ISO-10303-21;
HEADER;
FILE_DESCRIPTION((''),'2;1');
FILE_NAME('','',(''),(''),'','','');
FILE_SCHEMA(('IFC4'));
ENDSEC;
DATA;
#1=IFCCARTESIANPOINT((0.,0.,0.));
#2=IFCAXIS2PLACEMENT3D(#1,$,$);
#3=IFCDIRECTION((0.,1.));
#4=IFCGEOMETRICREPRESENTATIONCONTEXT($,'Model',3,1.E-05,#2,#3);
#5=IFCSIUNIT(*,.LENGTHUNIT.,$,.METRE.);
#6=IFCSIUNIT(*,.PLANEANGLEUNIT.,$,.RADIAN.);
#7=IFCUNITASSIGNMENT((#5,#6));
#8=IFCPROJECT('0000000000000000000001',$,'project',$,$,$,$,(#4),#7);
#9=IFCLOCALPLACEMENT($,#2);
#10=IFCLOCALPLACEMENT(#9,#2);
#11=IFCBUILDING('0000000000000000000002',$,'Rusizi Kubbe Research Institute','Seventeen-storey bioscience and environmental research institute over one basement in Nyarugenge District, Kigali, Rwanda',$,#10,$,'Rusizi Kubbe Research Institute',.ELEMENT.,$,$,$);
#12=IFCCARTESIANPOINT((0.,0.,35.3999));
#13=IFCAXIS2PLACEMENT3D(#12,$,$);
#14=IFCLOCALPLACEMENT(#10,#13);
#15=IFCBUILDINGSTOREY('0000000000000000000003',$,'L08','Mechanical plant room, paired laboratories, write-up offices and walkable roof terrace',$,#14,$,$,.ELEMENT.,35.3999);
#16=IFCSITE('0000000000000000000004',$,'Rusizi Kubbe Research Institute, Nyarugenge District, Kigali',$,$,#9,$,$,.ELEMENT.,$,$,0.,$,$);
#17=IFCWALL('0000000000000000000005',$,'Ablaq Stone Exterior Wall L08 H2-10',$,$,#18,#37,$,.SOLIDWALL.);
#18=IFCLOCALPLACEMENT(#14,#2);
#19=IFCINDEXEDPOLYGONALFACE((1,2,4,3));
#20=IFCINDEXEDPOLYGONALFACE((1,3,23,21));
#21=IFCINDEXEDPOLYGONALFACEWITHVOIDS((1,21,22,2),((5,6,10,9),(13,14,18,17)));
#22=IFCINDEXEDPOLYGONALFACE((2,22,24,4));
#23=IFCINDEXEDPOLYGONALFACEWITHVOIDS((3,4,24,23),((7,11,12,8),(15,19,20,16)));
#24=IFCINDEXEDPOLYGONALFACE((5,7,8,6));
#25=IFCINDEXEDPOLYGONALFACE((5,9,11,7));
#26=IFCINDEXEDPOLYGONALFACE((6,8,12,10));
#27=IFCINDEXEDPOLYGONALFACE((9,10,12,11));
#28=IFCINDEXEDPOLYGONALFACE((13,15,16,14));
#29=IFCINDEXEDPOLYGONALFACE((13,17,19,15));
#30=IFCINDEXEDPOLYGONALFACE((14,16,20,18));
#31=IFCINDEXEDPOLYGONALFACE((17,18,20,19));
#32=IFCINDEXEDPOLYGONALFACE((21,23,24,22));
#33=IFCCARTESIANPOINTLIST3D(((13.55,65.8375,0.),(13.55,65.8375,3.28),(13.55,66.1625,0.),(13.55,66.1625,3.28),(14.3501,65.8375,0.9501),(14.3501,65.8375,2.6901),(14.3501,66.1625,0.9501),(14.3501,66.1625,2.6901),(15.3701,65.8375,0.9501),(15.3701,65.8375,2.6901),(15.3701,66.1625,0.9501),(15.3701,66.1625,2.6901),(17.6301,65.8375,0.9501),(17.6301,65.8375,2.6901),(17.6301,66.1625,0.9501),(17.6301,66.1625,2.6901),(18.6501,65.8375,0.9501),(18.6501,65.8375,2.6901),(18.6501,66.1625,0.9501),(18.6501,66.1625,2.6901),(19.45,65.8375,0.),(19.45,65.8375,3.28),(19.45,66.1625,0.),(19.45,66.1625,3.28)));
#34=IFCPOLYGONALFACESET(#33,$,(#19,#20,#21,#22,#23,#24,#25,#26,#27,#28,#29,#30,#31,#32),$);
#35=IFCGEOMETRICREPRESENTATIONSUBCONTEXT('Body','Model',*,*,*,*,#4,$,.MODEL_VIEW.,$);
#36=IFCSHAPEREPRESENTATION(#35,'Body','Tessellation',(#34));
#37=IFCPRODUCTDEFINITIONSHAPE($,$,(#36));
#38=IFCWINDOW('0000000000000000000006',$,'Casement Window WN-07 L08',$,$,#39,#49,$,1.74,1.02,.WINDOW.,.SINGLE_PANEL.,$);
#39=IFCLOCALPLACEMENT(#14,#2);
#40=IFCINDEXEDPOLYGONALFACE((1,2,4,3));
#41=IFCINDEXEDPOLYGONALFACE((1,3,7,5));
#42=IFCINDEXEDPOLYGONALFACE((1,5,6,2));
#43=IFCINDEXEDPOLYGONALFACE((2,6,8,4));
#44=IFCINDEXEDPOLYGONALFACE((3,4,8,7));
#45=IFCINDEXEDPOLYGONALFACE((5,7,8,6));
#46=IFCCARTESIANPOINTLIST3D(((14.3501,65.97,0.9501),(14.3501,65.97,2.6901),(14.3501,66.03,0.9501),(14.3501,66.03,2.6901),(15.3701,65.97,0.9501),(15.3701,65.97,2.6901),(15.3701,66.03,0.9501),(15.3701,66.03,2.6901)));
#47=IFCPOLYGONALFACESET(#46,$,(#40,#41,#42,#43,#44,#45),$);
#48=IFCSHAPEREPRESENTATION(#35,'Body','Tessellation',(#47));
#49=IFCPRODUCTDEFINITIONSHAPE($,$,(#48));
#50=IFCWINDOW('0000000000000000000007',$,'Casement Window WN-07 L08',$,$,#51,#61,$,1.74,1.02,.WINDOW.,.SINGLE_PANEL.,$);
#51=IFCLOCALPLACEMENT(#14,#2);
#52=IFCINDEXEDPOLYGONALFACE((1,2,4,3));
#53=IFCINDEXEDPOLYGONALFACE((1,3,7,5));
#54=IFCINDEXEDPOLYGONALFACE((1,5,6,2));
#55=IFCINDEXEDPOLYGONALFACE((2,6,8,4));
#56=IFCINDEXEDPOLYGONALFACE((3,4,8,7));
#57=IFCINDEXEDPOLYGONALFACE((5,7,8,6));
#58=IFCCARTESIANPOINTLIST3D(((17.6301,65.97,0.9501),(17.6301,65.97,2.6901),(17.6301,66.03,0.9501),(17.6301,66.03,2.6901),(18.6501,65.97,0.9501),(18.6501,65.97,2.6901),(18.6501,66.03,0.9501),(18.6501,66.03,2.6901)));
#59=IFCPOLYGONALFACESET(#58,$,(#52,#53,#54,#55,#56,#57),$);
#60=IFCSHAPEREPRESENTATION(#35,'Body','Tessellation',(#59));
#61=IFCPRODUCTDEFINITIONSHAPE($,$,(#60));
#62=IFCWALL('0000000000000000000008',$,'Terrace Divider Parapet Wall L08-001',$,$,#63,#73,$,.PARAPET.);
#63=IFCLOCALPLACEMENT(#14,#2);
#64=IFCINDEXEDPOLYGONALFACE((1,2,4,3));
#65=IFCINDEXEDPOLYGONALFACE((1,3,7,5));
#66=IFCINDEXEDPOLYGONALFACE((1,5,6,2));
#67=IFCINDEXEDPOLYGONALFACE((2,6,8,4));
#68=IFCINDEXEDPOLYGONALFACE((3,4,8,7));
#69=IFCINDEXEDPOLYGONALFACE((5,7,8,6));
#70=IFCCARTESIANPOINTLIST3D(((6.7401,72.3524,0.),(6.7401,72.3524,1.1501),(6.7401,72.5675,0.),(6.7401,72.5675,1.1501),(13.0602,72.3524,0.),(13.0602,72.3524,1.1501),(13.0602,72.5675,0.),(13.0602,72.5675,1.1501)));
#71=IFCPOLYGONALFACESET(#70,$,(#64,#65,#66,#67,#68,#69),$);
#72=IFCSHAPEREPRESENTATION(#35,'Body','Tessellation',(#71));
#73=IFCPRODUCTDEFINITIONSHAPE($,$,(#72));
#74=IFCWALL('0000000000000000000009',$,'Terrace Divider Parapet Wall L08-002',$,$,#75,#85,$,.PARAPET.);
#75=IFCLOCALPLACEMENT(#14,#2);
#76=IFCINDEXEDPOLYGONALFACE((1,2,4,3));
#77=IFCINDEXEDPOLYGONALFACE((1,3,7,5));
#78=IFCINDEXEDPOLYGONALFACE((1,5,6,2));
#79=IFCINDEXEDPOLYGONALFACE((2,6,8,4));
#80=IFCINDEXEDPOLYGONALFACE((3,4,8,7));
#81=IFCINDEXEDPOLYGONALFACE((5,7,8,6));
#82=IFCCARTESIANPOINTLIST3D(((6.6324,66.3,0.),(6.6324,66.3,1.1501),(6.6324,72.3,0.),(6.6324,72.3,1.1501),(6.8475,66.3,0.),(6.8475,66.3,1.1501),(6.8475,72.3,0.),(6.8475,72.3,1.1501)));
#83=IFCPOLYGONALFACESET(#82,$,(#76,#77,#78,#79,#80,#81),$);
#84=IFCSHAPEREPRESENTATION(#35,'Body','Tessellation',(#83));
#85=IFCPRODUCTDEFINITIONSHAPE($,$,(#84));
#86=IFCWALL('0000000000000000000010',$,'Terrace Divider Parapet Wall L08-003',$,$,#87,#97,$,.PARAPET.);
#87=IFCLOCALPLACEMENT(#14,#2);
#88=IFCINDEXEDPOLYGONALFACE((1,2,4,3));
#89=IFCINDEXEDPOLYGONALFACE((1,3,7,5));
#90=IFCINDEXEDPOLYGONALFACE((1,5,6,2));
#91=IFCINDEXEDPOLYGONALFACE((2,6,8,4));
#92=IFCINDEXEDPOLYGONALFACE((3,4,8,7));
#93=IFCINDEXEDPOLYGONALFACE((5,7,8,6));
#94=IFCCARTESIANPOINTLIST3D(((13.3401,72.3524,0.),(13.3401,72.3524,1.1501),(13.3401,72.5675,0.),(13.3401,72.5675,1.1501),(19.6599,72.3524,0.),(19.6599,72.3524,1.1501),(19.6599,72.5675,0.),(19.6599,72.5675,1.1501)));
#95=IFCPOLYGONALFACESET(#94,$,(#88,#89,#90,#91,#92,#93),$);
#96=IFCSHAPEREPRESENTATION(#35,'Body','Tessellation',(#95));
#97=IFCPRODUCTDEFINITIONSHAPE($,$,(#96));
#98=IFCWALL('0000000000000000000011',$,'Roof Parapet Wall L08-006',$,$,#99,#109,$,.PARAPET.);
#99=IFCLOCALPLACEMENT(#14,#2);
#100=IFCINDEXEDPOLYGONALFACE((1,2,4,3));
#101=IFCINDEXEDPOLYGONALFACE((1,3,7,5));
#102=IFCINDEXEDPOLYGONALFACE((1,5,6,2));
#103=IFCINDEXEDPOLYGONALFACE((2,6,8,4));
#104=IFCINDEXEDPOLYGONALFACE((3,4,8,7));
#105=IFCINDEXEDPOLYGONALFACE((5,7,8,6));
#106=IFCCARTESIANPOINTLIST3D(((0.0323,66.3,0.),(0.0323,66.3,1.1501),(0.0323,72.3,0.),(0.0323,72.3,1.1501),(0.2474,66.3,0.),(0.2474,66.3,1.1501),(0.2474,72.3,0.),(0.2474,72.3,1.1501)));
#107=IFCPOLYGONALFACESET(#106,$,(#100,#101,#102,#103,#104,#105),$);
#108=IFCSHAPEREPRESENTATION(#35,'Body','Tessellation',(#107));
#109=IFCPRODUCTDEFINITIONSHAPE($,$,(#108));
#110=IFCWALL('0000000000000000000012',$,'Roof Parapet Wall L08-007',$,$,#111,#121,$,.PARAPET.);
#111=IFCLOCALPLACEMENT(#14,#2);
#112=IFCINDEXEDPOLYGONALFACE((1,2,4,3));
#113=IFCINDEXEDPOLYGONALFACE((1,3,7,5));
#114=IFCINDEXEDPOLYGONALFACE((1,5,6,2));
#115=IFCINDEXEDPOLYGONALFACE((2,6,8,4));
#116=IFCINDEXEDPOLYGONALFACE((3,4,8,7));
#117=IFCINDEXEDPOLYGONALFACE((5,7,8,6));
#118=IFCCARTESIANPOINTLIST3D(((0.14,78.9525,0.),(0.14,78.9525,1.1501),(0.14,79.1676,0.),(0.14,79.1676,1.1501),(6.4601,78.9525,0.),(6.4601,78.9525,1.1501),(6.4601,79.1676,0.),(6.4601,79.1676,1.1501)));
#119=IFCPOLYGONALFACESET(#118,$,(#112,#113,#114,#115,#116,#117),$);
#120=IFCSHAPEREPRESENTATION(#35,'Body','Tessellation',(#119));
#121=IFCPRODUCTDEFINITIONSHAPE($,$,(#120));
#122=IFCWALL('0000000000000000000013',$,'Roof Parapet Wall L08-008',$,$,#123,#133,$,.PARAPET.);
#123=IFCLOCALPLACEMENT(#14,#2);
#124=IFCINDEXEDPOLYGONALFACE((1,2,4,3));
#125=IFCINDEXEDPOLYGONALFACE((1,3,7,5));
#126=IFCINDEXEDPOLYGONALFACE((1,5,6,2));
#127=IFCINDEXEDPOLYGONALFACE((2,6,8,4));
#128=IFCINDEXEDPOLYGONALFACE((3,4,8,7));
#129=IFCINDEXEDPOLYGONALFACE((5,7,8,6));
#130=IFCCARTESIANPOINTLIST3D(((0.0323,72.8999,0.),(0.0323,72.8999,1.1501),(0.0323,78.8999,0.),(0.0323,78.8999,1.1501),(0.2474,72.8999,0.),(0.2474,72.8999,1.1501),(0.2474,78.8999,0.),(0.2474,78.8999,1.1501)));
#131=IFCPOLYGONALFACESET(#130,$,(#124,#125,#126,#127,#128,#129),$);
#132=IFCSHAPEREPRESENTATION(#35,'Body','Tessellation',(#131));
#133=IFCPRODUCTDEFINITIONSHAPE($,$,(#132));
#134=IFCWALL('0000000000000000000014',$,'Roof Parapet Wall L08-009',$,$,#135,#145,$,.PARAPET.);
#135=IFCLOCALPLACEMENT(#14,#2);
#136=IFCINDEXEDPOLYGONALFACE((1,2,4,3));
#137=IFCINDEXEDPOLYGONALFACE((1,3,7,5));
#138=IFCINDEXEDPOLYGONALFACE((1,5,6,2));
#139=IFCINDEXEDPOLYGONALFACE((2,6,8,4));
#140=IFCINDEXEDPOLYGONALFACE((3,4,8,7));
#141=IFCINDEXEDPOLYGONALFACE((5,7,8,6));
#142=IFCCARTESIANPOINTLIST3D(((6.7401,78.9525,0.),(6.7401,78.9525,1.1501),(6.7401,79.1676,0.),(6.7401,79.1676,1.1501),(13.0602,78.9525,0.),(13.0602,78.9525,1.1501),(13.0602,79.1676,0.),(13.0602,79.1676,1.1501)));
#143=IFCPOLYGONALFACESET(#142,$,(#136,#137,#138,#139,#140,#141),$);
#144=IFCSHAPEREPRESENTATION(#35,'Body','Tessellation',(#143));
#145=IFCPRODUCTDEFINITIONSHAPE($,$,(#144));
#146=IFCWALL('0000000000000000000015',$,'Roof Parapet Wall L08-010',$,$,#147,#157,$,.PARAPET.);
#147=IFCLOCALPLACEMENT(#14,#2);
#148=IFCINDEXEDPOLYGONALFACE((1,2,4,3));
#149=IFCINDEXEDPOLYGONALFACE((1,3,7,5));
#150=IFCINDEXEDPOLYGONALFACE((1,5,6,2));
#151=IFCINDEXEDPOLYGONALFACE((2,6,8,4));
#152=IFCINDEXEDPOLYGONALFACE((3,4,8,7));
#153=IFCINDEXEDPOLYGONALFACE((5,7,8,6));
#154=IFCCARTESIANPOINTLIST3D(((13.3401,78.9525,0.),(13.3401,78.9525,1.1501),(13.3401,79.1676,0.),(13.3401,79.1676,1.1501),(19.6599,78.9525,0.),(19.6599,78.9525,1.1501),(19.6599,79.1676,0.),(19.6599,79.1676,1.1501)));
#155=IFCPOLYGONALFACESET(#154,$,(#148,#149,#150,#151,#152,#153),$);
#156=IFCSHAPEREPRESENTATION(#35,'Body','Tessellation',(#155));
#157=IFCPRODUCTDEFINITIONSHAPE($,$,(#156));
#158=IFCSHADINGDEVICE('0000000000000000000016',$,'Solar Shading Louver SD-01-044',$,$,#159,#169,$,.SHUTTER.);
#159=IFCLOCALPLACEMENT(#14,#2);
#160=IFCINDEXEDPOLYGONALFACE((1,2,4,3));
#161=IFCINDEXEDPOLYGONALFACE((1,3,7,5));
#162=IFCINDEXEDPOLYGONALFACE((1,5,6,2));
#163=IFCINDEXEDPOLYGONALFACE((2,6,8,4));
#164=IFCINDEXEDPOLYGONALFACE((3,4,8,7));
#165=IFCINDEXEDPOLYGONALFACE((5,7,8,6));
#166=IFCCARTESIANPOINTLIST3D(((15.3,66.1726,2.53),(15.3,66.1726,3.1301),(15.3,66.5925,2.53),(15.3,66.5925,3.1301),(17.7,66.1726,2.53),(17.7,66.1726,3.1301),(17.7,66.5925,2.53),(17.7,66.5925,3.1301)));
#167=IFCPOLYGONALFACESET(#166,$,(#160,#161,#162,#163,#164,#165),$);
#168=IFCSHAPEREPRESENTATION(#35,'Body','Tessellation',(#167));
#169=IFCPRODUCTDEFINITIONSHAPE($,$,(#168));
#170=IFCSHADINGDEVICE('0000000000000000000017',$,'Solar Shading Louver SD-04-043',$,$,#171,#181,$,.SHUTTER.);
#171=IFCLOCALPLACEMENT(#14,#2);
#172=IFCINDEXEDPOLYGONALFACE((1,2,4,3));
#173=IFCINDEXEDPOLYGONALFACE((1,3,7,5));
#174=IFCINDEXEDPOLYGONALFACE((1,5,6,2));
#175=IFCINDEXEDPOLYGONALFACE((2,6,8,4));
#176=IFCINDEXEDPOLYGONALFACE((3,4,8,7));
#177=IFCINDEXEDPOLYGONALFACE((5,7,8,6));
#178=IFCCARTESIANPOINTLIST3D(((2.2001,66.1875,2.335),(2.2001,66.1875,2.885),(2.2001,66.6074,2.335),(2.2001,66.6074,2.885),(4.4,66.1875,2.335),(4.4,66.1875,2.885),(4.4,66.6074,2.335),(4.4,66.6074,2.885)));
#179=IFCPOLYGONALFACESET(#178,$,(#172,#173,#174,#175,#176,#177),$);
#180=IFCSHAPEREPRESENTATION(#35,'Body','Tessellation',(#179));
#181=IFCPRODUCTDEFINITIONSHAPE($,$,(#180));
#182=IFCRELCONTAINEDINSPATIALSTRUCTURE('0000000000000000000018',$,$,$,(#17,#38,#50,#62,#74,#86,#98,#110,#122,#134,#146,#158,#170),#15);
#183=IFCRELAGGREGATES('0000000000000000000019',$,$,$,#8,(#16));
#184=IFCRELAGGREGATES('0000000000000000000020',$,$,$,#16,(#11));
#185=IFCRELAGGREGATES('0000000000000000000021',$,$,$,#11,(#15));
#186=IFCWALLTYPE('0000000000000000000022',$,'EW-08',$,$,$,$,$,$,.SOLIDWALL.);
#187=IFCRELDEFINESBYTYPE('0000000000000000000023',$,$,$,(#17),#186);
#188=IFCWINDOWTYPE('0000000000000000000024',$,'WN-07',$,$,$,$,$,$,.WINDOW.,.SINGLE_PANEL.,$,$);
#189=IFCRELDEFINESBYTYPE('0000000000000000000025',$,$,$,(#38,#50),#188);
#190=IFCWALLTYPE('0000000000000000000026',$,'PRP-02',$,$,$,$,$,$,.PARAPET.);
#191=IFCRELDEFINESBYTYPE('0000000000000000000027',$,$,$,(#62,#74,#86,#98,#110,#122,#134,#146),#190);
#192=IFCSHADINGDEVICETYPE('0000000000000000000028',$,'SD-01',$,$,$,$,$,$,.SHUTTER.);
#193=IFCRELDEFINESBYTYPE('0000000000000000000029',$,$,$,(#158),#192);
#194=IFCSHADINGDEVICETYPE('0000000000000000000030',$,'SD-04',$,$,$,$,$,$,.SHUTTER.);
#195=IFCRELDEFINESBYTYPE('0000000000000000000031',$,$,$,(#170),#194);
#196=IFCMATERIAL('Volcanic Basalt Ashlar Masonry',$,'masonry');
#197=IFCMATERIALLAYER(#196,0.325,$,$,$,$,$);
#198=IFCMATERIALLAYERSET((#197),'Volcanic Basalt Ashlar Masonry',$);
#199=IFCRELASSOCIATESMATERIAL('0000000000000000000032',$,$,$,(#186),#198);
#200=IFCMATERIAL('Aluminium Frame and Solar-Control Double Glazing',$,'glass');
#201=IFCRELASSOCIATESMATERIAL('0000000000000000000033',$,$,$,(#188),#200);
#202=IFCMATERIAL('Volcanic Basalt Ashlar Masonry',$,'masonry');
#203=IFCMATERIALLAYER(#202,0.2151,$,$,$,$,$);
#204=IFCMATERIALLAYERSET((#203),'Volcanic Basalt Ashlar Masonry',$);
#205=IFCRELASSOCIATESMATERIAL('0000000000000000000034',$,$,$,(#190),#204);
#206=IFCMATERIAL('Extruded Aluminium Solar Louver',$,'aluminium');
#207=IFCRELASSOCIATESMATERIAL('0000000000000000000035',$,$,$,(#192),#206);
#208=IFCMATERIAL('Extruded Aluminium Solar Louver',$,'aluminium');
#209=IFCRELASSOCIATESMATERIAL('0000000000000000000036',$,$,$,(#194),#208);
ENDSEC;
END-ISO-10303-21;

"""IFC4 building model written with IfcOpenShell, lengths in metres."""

from ifc_helpers import new_model, si_unit, direction, frame, frame_2d, origin, origin_2d, place, context, subcontext, project, spatial, rectangle, extrude, material, layer, layer_set, type_object, element, fill, save


model = new_model("IFC4")

# Units and contexts
model_context = context("Model", 3, precision=1e-05, world=origin(), true_north=direction((0.0, 1.0)))
body_context = subcontext(model_context, "Body", "Model", "MODEL_VIEW")
ifc_project = project(units=[si_unit("LENGTHUNIT", "METRE"), si_unit("PLANEANGLEUNIT", "RADIAN")], contexts=[model_context])

# Site, building, storey
site_placement = place(None, origin())
site = spatial("IfcSite", under=ifc_project, at=site_placement, Name="Rusizi Kubbe Research Institute, Nyarugenge District, Kigali", CompositionType="ELEMENT", RefElevation=0.0)
building_placement = place(site_placement, origin())
building = spatial("IfcBuilding", under=site, at=building_placement, Name="Rusizi Kubbe Research Institute", Description="Seventeen-storey bioscience and environmental research institute over one basement in Nyarugenge District, Kigali, Rwanda", LongName="Rusizi Kubbe Research Institute", CompositionType="ELEMENT")
storey_placement = place(building_placement, frame((0.0, 0.0, 35.3999)))
storey = spatial("IfcBuildingStorey", under=building, at=storey_placement, Name="L08", Description="Mechanical plant room, paired laboratories, write-up offices and walkable roof terrace", CompositionType="ELEMENT", Elevation=35.3999)

# Wall, openings, windows
ifc_material_1 = material(Name="Volcanic Basalt Ashlar Masonry", Category="masonry")
ifc_layer_1 = layer(ifc_material_1, 0.325)
ifc_layer_set_1 = layer_set([ifc_layer_1], Name="Volcanic Basalt Ashlar Masonry")
wall_type_1 = type_object("IfcWallType", Name="EW-08", PredefinedType="SOLIDWALL", material=ifc_layer_set_1)
wall_1_placement = place(storey_placement, frame((13.55, 66.0, 0.0), z_axis=(0.0, 0.0, 1.0), x_axis=(1.0, 0.0, 0.0)))
wall_1 = element("IfcWall", 1, at=wall_1_placement, inside=storey, type_object=wall_type_1, Name="Ablaq Stone Exterior Wall L08 H2-10", PredefinedType="SOLIDWALL", context=body_context, shape_type="SweptSolid", body=[
    extrude(rectangle(XDim=5.8999, YDim=0.325, at=frame_2d((2.95, 0.0))), origin(), (0.0, 0.0, 1.0), 3.28),
])
opening_1_placement = place(wall_1_placement, frame((0.8, 0.0, 0.95)))
opening_1 = element("IfcOpeningElement", 2, at=opening_1_placement, cuts=wall_1, PredefinedType="OPENING", context=body_context, shape_type="SweptSolid", body=[
    extrude(rectangle(XDim=1.02, YDim=1.74, at=frame_2d((0.51, 0.8701))), frame((0.0, 0.1724, 0.0), z_axis=(0.0, -1.0, 0.0), x_axis=(1.0, 0.0, 0.0)), (0.0, 0.0, 1.0), 0.345),
])
opening_2_placement = place(wall_1_placement, frame((4.0801, 0.0, 0.95)))
opening_2 = element("IfcOpeningElement", 3, at=opening_2_placement, cuts=wall_1, PredefinedType="OPENING", context=body_context, shape_type="SweptSolid", body=[
    extrude(rectangle(XDim=1.02, YDim=1.74, at=frame_2d((0.51, 0.8701))), frame((0.0, 0.1724, 0.0), z_axis=(0.0, -1.0, 0.0), x_axis=(1.0, 0.0, 0.0)), (0.0, 0.0, 1.0), 0.345),
])
ifc_material_2 = material(Name="Aluminium Frame and Solar-Control Double Glazing", Category="glass")
window_type = type_object("IfcWindowType", Name="WN-07", PartitioningType="SINGLE_PANEL", PredefinedType="WINDOW", material=ifc_material_2)
window_1_placement = place(opening_1_placement, origin())
window_1 = element("IfcWindow", 4, at=window_1_placement, inside=storey, type_object=window_type, Name="Casement Window WN-07 L08", OverallHeight=1.74, OverallWidth=1.02, PartitioningType="SINGLE_PANEL", PredefinedType="WINDOW", context=body_context, shape_type="SweptSolid", body=[
    extrude(rectangle(XDim=1.02, YDim=1.74, at=frame_2d((0.51, 0.8701))), frame((0.0, 0.03, 0.0), z_axis=(0.0, -1.0, 0.0), x_axis=(1.0, 0.0, 0.0)), (0.0, 0.0, 1.0), 0.0601),
])
fill(opening_1, window_1)
window_2_placement = place(opening_2_placement, origin())
window_2 = element("IfcWindow", 5, at=window_2_placement, inside=storey, type_object=window_type, Name="Casement Window WN-07 L08", OverallHeight=1.74, OverallWidth=1.02, PartitioningType="SINGLE_PANEL", PredefinedType="WINDOW", context=body_context, shape_type="SweptSolid", body=[
    extrude(rectangle(XDim=1.02, YDim=1.74, at=frame_2d((0.51, 0.8701))), frame((0.0, 0.03, 0.0), z_axis=(0.0, -1.0, 0.0), x_axis=(1.0, 0.0, 0.0)), (0.0, 0.0, 1.0), 0.0601),
])
fill(opening_2, window_2)

# Walls
ifc_material_3 = material(Name="Volcanic Basalt Ashlar Masonry", Category="masonry")
ifc_layer_2 = layer(ifc_material_3, 0.2151)
ifc_layer_set_2 = layer_set([ifc_layer_2], Name="Volcanic Basalt Ashlar Masonry")
wall_type_2 = type_object("IfcWallType", Name="PRP-02", PredefinedType="PARAPET", material=ifc_layer_set_2)
wall_2_placement = place(storey_placement, frame((6.74, 72.46, 0.0), z_axis=(0.0, 0.0, 1.0), x_axis=(1.0, 0.0, 0.0)))
element("IfcWall", 6, at=wall_2_placement, inside=storey, type_object=wall_type_2, Name="Terrace Divider Parapet Wall L08-001", PredefinedType="PARAPET", context=body_context, shape_type="SweptSolid", body=[
    extrude(rectangle(XDim=6.3201, YDim=0.2151, at=frame_2d((3.1602, 0.0))), origin(), (0.0, 0.0, 1.0), 1.1501),
])
wall_3_placement = place(storey_placement, frame((6.74, 66.3, 0.0), z_axis=(0.0, 0.0, 1.0), x_axis=(0.0, 1.0, 0.0)))
element("IfcWall", 7, at=wall_3_placement, inside=storey, type_object=wall_type_2, Name="Terrace Divider Parapet Wall L08-002", PredefinedType="PARAPET", context=body_context, shape_type="SweptSolid", body=[
    extrude(rectangle(XDim=6.0, YDim=0.2151, at=frame_2d((3.0, 0.0))), origin(), (0.0, 0.0, 1.0), 1.1501),
])
wall_4_placement = place(storey_placement, frame((13.3401, 72.46, 0.0), z_axis=(0.0, 0.0, 1.0), x_axis=(1.0, 0.0, 0.0)))
element("IfcWall", 8, at=wall_4_placement, inside=storey, type_object=wall_type_2, Name="Terrace Divider Parapet Wall L08-003", PredefinedType="PARAPET", context=body_context, shape_type="SweptSolid", body=[
    extrude(rectangle(XDim=6.3198, YDim=0.2151, at=frame_2d((3.1599, 0.0))), origin(), (0.0, 0.0, 1.0), 1.1501),
])
wall_5_placement = place(storey_placement, frame((0.1399, 66.3, 0.0), z_axis=(0.0, 0.0, 1.0), x_axis=(0.0, 1.0, 0.0)))
element("IfcWall", 9, at=wall_5_placement, inside=storey, type_object=wall_type_2, Name="Roof Parapet Wall L08-006", PredefinedType="PARAPET", context=body_context, shape_type="SweptSolid", body=[
    extrude(rectangle(XDim=6.0, YDim=0.2151, at=frame_2d((3.0, 0.0))), origin(), (0.0, 0.0, 1.0), 1.1501),
])
wall_6_placement = place(storey_placement, frame((0.1399, 79.0601, 0.0), z_axis=(0.0, 0.0, 1.0), x_axis=(1.0, 0.0, 0.0)))
element("IfcWall", 10, at=wall_6_placement, inside=storey, type_object=wall_type_2, Name="Roof Parapet Wall L08-007", PredefinedType="PARAPET", context=body_context, shape_type="SweptSolid", body=[
    extrude(rectangle(XDim=6.3201, YDim=0.2151, at=frame_2d((3.1602, 0.0))), origin(), (0.0, 0.0, 1.0), 1.1501),
])
wall_7_placement = place(storey_placement, frame((0.1399, 72.8999, 0.0), z_axis=(0.0, 0.0, 1.0), x_axis=(0.0, 1.0, 0.0)))
element("IfcWall", 11, at=wall_7_placement, inside=storey, type_object=wall_type_2, Name="Roof Parapet Wall L08-008", PredefinedType="PARAPET", context=body_context, shape_type="SweptSolid", body=[
    extrude(rectangle(XDim=6.0, YDim=0.2151, at=frame_2d((3.0, 0.0))), origin(), (0.0, 0.0, 1.0), 1.1501),
])
wall_8_placement = place(storey_placement, frame((6.74, 79.0601, 0.0), z_axis=(0.0, 0.0, 1.0), x_axis=(1.0, 0.0, 0.0)))
element("IfcWall", 12, at=wall_8_placement, inside=storey, type_object=wall_type_2, Name="Roof Parapet Wall L08-009", PredefinedType="PARAPET", context=body_context, shape_type="SweptSolid", body=[
    extrude(rectangle(XDim=6.3201, YDim=0.2151, at=frame_2d((3.1602, 0.0))), origin(), (0.0, 0.0, 1.0), 1.1501),
])
wall_9_placement = place(storey_placement, frame((13.3401, 79.0601, 0.0), z_axis=(0.0, 0.0, 1.0), x_axis=(1.0, 0.0, 0.0)))
element("IfcWall", 13, at=wall_9_placement, inside=storey, type_object=wall_type_2, Name="Roof Parapet Wall L08-010", PredefinedType="PARAPET", context=body_context, shape_type="SweptSolid", body=[
    extrude(rectangle(XDim=6.3198, YDim=0.2151, at=frame_2d((3.1599, 0.0))), origin(), (0.0, 0.0, 1.0), 1.1501),
])

# Shading devices
ifc_material_4 = material(Name="Extruded Aluminium Solar Louver", Category="aluminium")
shading_device_type_1 = type_object("IfcShadingDeviceType", Name="SD-01", PredefinedType="SHUTTER", material=ifc_material_4)
shading_device_1_placement = place(storey_placement, frame((16.5, 66.3826, 2.53), z_axis=(0.0, 0.0, 1.0), x_axis=(1.0, 0.0, 0.0)))
element("IfcShadingDevice", 14, at=shading_device_1_placement, inside=storey, type_object=shading_device_type_1, Name="Solar Shading Louver SD-01-044", PredefinedType="SHUTTER", context=body_context, shape_type="SweptSolid", body=[
    extrude(rectangle(XDim=2.3999, YDim=0.4199, at=origin_2d()), origin(), (0.0, 0.0, 1.0), 0.6001),
])
ifc_material_5 = material(Name="Extruded Aluminium Solar Louver", Category="aluminium")
shading_device_type_2 = type_object("IfcShadingDeviceType", Name="SD-04", PredefinedType="SHUTTER", material=ifc_material_5)
shading_device_2_placement = place(storey_placement, frame((3.3, 66.3975, 2.335), z_axis=(0.0, 0.0, 1.0), x_axis=(1.0, 0.0, 0.0)))
element("IfcShadingDevice", 15, at=shading_device_2_placement, inside=storey, type_object=shading_device_type_2, Name="Solar Shading Louver SD-04-043", PredefinedType="SHUTTER", context=body_context, shape_type="SweptSolid", body=[
    extrude(rectangle(XDim=2.2, YDim=0.4199, at=origin_2d()), origin(), (0.0, 0.0, 1.0), 0.55),
])

save(model, "model.ifc")
